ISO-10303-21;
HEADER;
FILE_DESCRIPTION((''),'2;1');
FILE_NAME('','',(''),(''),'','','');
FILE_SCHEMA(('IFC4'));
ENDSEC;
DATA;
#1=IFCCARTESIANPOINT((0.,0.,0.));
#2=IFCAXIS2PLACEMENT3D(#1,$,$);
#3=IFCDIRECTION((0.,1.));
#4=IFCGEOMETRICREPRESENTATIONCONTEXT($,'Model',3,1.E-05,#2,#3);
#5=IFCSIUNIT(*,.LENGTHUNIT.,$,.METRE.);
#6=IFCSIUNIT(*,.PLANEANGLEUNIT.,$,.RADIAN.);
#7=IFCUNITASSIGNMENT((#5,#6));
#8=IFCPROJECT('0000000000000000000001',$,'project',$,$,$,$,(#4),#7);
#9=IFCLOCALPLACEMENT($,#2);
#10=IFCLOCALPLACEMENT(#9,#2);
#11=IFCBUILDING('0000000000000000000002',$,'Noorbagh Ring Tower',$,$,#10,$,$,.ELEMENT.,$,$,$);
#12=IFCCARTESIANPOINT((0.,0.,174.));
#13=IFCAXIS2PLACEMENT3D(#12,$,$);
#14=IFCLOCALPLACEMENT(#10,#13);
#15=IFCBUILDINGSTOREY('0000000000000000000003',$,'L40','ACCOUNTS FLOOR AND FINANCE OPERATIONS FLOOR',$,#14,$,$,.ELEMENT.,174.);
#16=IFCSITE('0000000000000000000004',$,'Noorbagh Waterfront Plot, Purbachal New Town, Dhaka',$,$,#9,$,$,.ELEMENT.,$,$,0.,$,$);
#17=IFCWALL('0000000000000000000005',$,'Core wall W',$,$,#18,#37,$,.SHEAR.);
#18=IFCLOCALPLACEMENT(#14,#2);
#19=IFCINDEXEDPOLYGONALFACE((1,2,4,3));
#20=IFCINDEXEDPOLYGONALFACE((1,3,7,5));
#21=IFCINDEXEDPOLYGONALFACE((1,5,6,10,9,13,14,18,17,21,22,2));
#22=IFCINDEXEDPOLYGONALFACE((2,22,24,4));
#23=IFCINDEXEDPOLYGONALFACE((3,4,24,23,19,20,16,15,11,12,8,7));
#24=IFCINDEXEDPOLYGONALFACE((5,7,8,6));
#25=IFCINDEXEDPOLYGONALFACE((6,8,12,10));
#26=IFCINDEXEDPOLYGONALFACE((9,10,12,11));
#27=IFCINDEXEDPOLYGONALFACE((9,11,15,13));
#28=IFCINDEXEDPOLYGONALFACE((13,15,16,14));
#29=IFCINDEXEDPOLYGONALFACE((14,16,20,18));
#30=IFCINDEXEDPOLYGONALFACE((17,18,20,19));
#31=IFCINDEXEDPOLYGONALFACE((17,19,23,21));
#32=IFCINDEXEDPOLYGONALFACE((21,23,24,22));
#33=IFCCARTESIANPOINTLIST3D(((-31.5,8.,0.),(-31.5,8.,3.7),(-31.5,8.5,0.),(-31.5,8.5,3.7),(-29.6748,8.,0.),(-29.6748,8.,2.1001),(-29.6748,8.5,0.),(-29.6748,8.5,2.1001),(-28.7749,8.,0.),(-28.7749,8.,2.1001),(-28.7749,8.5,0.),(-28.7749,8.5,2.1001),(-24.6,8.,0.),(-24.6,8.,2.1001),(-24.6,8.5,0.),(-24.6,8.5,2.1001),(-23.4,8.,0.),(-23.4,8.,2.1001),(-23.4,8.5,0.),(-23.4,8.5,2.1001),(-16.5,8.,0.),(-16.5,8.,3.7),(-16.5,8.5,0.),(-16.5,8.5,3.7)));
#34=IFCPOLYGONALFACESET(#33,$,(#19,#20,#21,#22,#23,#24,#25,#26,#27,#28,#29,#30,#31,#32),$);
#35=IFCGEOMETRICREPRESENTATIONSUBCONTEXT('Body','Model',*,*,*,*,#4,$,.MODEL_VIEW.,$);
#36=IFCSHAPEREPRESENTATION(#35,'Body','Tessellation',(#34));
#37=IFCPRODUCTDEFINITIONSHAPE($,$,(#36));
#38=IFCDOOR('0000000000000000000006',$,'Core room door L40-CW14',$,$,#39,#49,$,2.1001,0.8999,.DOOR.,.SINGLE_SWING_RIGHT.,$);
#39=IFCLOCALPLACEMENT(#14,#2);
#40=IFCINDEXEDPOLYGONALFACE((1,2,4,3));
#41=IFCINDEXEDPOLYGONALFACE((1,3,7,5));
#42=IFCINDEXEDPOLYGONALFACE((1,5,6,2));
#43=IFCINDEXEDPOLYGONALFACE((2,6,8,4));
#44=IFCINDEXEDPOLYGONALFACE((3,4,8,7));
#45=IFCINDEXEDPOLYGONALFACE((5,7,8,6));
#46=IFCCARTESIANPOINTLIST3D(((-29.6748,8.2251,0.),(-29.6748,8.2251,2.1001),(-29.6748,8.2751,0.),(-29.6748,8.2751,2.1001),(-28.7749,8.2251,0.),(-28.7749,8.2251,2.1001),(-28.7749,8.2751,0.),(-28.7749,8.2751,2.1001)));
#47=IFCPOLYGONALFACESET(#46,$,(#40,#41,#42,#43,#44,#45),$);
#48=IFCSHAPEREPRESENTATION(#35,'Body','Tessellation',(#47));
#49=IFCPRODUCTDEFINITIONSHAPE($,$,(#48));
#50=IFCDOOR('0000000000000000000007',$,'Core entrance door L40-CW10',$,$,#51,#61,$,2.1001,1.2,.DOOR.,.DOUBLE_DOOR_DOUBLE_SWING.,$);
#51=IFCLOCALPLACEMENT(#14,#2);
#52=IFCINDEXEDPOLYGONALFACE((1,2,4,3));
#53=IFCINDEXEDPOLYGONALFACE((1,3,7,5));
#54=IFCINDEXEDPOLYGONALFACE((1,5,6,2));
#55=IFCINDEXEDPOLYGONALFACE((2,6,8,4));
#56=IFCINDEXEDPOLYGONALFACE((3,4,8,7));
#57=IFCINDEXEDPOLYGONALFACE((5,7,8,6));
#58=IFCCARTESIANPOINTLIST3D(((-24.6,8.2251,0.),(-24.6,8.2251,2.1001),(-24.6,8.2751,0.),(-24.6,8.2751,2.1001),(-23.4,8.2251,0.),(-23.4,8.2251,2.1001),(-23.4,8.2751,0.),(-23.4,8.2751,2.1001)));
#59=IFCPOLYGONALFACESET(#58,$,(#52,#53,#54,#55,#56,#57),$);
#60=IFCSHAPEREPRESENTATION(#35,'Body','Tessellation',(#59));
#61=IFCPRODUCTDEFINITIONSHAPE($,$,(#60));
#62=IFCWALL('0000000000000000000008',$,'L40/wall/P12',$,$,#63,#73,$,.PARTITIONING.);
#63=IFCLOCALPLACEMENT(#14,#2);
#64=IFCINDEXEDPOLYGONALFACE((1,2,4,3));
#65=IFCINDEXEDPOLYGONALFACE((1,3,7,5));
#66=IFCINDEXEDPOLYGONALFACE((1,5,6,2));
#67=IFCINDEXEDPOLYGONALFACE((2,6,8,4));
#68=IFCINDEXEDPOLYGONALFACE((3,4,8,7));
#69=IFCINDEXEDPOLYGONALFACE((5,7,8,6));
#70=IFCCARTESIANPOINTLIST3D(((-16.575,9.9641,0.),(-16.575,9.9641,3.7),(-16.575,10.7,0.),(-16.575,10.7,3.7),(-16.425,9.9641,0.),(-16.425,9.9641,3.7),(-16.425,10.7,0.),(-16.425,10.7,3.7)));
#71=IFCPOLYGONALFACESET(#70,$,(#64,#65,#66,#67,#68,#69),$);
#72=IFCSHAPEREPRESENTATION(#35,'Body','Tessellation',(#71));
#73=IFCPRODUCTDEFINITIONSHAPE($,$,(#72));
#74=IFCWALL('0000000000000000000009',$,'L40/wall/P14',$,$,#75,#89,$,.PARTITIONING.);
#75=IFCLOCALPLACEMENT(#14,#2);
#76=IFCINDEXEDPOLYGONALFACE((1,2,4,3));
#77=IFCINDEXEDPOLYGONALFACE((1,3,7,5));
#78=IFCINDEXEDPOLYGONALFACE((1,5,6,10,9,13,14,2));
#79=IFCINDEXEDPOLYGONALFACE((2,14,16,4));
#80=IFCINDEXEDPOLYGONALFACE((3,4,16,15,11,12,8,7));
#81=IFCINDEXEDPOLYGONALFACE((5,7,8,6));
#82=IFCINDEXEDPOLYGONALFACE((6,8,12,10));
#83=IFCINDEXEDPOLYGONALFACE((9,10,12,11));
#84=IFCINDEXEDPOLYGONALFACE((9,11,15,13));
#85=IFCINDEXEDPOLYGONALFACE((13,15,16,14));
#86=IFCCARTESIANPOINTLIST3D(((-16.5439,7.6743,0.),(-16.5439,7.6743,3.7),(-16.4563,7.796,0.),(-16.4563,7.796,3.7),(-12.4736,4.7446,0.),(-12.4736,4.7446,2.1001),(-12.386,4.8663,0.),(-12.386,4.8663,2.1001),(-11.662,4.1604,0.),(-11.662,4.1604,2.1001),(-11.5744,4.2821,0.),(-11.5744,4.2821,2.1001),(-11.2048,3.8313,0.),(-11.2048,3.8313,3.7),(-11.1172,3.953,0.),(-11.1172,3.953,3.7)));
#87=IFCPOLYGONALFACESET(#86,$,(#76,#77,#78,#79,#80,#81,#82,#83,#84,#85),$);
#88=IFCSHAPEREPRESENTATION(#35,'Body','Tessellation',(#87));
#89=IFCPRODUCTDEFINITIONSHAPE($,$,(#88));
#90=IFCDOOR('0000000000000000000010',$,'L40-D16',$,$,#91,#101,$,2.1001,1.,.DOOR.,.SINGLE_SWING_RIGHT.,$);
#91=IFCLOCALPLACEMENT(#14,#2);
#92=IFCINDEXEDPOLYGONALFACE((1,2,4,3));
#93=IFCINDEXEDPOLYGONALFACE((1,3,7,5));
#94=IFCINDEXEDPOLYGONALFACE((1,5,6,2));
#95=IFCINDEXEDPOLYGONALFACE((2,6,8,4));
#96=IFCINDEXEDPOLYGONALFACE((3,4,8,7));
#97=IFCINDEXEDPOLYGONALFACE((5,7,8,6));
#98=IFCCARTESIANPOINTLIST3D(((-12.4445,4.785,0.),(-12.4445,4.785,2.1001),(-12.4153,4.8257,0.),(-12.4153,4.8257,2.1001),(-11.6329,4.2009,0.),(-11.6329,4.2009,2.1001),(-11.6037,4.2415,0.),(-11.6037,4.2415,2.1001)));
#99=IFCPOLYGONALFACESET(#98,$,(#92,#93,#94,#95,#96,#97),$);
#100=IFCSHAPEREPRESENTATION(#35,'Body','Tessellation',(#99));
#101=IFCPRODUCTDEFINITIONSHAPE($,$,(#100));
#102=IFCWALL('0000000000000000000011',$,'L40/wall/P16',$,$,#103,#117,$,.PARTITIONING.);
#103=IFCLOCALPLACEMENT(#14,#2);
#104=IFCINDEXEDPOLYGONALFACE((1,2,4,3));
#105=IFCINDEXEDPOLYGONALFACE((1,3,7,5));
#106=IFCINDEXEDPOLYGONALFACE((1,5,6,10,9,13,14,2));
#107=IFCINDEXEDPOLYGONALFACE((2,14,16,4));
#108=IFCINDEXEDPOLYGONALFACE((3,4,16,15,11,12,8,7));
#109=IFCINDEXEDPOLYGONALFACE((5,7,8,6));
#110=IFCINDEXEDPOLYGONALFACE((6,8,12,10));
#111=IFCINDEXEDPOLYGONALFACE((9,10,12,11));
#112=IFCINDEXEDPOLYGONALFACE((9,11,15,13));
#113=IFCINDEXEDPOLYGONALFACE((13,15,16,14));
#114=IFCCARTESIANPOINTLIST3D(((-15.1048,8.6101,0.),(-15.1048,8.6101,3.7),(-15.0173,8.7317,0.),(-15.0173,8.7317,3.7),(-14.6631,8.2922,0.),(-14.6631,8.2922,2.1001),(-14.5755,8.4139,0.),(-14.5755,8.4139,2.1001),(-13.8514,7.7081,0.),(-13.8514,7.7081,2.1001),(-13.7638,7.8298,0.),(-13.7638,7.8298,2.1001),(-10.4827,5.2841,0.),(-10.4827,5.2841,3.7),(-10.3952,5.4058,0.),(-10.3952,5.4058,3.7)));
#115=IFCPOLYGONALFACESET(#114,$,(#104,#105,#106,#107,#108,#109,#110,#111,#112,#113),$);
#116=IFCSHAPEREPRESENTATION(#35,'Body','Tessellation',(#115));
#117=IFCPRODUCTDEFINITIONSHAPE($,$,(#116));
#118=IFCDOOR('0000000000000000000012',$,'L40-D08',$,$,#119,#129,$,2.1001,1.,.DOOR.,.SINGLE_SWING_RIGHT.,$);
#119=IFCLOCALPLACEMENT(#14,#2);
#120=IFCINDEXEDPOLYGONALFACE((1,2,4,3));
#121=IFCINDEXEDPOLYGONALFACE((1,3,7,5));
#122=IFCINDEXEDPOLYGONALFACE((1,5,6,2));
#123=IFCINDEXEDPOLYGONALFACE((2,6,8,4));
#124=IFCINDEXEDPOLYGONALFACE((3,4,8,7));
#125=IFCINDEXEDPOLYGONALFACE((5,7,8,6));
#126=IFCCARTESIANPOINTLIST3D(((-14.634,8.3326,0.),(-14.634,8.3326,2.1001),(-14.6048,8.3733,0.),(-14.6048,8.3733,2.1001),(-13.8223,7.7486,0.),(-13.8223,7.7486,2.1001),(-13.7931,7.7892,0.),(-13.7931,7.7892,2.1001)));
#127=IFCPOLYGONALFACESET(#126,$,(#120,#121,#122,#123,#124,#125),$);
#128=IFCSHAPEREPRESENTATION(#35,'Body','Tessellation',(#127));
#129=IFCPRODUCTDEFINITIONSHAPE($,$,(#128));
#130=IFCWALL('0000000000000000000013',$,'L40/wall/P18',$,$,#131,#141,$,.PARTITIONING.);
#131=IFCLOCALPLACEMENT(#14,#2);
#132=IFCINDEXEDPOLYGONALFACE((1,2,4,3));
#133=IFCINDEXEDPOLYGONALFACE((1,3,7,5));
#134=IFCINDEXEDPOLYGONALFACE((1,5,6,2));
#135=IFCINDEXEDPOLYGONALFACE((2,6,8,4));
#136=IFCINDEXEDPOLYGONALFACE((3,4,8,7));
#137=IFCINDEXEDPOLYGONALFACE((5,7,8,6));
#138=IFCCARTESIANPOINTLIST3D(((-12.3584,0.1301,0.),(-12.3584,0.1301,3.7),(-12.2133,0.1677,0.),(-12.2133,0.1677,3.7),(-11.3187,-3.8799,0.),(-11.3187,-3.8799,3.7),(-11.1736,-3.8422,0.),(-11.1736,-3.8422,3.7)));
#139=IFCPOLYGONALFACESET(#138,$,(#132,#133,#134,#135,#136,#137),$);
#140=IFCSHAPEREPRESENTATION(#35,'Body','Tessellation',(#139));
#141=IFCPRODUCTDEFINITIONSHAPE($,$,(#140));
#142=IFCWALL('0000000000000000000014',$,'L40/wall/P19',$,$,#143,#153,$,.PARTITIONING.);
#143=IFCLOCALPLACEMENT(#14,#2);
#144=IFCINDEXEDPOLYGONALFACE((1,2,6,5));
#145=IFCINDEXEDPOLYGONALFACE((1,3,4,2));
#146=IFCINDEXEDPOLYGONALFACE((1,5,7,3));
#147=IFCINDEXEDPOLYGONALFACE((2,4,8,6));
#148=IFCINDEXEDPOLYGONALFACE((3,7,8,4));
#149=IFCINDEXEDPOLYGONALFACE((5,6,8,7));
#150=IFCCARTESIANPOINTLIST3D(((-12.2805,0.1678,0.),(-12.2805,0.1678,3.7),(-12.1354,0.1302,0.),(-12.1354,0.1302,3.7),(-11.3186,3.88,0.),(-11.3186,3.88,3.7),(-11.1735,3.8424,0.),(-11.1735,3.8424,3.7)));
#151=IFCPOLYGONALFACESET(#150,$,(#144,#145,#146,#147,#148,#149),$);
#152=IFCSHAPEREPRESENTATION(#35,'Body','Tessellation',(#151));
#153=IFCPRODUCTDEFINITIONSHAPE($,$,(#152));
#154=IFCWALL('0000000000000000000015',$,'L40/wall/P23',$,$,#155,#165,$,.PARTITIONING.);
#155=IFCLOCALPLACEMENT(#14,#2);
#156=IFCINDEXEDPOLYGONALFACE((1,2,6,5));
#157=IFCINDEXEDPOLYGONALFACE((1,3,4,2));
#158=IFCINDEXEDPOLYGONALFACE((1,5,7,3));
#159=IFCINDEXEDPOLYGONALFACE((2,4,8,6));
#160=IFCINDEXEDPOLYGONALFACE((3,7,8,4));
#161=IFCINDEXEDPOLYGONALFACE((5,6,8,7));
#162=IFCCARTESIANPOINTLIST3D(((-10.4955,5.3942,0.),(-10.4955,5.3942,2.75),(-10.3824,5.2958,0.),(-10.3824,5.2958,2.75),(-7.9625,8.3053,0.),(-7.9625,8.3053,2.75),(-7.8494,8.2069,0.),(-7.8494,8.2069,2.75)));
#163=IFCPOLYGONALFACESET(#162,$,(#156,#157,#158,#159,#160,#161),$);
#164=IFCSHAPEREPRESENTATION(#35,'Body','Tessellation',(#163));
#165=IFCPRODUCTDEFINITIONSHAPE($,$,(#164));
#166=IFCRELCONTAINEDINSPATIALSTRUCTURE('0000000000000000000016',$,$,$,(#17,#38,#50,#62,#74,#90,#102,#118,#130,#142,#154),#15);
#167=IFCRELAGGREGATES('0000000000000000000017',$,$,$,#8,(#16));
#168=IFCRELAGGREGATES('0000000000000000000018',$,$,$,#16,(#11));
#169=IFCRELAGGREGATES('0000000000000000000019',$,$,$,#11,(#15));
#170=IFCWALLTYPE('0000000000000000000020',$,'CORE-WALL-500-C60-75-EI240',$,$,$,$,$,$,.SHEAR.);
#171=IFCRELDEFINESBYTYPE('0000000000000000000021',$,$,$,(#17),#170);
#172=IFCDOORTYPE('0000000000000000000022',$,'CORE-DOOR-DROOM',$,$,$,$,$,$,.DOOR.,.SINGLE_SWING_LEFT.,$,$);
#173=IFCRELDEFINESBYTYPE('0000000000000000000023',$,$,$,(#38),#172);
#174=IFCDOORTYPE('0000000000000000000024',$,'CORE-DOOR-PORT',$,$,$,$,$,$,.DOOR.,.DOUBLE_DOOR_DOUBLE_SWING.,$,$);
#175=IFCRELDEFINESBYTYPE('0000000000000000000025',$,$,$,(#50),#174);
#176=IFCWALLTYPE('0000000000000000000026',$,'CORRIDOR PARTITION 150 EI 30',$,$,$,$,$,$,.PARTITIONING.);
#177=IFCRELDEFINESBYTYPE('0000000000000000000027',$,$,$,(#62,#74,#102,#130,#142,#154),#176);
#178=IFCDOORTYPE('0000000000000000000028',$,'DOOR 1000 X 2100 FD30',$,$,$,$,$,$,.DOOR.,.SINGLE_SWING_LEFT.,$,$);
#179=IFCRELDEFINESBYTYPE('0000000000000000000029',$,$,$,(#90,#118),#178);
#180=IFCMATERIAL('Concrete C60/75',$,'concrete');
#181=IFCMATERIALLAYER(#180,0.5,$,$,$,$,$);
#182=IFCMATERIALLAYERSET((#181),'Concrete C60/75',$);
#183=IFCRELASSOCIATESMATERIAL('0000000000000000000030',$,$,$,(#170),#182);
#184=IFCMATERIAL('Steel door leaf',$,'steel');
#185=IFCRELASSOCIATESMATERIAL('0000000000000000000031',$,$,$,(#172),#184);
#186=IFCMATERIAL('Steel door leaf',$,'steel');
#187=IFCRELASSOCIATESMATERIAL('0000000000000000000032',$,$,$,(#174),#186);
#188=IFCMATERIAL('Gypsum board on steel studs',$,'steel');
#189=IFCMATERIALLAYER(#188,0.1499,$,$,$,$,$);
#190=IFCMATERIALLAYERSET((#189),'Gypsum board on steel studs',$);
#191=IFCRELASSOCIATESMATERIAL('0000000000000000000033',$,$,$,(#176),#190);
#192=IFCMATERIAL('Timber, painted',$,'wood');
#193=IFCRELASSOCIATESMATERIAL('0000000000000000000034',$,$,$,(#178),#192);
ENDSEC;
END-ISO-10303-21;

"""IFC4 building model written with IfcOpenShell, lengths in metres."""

from ifc_helpers import new_model, si_unit, direction, frame, frame_2d, origin, place, context, subcontext, project, spatial, rectangle, extrude, material, layer, layer_set, type_object, element, fill, save


model = new_model("IFC4")

# Units and contexts
model_context = context("Model", 3, precision=1e-05, world=origin(), true_north=direction((0.0, 1.0)))
body_context = subcontext(model_context, "Body", "Model", "MODEL_VIEW")
ifc_project = project(units=[si_unit("LENGTHUNIT", "METRE"), si_unit("PLANEANGLEUNIT", "RADIAN")], contexts=[model_context])

# Site, building, storey
site_placement = place(None, origin())
site = spatial("IfcSite", under=ifc_project, at=site_placement, Name="Noorbagh Waterfront Plot, Purbachal New Town, Dhaka", CompositionType="ELEMENT", RefElevation=0.0)
building_placement = place(site_placement, origin())
building = spatial("IfcBuilding", under=site, at=building_placement, Name="Noorbagh Ring Tower", CompositionType="ELEMENT")
storey_placement = place(building_placement, frame((0.0, 0.0, 174.0)))
storey = spatial("IfcBuildingStorey", under=building, at=storey_placement, Name="L40", Description="ACCOUNTS FLOOR AND FINANCE OPERATIONS FLOOR", CompositionType="ELEMENT", Elevation=174.0)

# Wall, openings, doors
ifc_material_1 = material(Name="Concrete C60/75", Category="concrete")
ifc_layer_1 = layer(ifc_material_1, 0.5)
ifc_layer_set_1 = layer_set([ifc_layer_1], Name="Concrete C60/75")
wall_type_1 = type_object("IfcWallType", Name="CORE-WALL-500-C60-75-EI240", PredefinedType="SHEAR", material=ifc_layer_set_1)
wall_1_placement = place(storey_placement, frame((-16.5, 8.25, 0.0), z_axis=(0.0, 0.0, 1.0), x_axis=(-1.0, 0.0, 0.0)))
wall_1 = element("IfcWall", 1, at=wall_1_placement, inside=storey, type_object=wall_type_1, Name="Core wall W", PredefinedType="SHEAR", context=body_context, shape_type="SweptSolid", body=[
    extrude(rectangle(XDim=15.0, YDim=0.5, at=frame_2d((7.5, 0.0))), origin(), (0.0, 0.0, 1.0), 3.7),
])
opening_1_placement = place(wall_1_placement, frame((6.8999, 0.0, 0.0)))
opening_1 = element("IfcOpeningElement", 2, at=opening_1_placement, cuts=wall_1, PredefinedType="OPENING", context=body_context, shape_type="SweptSolid", body=[
    extrude(rectangle(XDim=1.2, YDim=2.1001, at=frame_2d((0.6001, 1.05))), frame((0.0, 0.26, 0.0), z_axis=(0.0, -1.0, 0.0), x_axis=(1.0, 0.0, 0.0)), (0.0, 0.0, 1.0), 0.52),
])
opening_2_placement = place(wall_1_placement, frame((12.2749, 0.0, 0.0)))
opening_2 = element("IfcOpeningElement", 3, at=opening_2_placement, cuts=wall_1, PredefinedType="OPENING", context=body_context, shape_type="SweptSolid", body=[
    extrude(rectangle(XDim=0.8999, YDim=2.1001, at=frame_2d((0.45, 1.05))), frame((0.0, 0.26, 0.0), z_axis=(0.0, -1.0, 0.0), x_axis=(1.0, 0.0, 0.0)), (0.0, 0.0, 1.0), 0.52),
])
ifc_material_2 = material(Name="Steel door leaf", Category="steel")
door_type_1 = type_object("IfcDoorType", Name="CORE-DOOR-DROOM", OperationType="SINGLE_SWING_LEFT", PredefinedType="DOOR", material=ifc_material_2)
door_1_placement = place(opening_2_placement, origin())
door_1 = element("IfcDoor", 4, at=door_1_placement, inside=storey, type_object=door_type_1, Name="Core room door L40-CW14", OperationType="SINGLE_SWING_RIGHT", OverallHeight=2.1001, OverallWidth=0.8999, PredefinedType="DOOR", context=body_context, shape_type="SweptSolid", body=[
    extrude(rectangle(XDim=0.8999, YDim=2.1001, at=frame_2d((0.45, 1.05))), frame((0.0, 0.0249, 0.0), z_axis=(0.0, -1.0, 0.0), x_axis=(1.0, 0.0, 0.0)), (0.0, 0.0, 1.0), 0.05),
])
fill(opening_2, door_1)
ifc_material_3 = material(Name="Steel door leaf", Category="steel")
door_type_2 = type_object("IfcDoorType", Name="CORE-DOOR-PORT", OperationType="DOUBLE_DOOR_DOUBLE_SWING", PredefinedType="DOOR", material=ifc_material_3)
door_2_placement = place(opening_1_placement, origin())
door_2 = element("IfcDoor", 5, at=door_2_placement, inside=storey, type_object=door_type_2, Name="Core entrance door L40-CW10", OperationType="DOUBLE_DOOR_DOUBLE_SWING", OverallHeight=2.1001, OverallWidth=1.2, PredefinedType="DOOR", context=body_context, shape_type="SweptSolid", body=[
    extrude(rectangle(XDim=1.2, YDim=2.1001, at=frame_2d((0.6001, 1.05))), frame((0.0, 0.0249, 0.0), z_axis=(0.0, -1.0, 0.0), x_axis=(1.0, 0.0, 0.0)), (0.0, 0.0, 1.0), 0.05),
])
fill(opening_1, door_2)

# Wall
ifc_material_4 = material(Name="Gypsum board on steel studs", Category="steel")
ifc_layer_2 = layer(ifc_material_4, 0.1499)
ifc_layer_set_2 = layer_set([ifc_layer_2], Name="Gypsum board on steel studs")
wall_type_2 = type_object("IfcWallType", Name="CORRIDOR PARTITION 150 EI 30", PredefinedType="PARTITIONING", material=ifc_layer_set_2)
wall_2_placement = place(storey_placement, frame((-16.5, 9.9641, 0.0), z_axis=(0.0, 0.0, 1.0), x_axis=(0.0, 1.0, 0.0)))
element("IfcWall", 6, at=wall_2_placement, inside=storey, type_object=wall_type_2, Name="L40/wall/P12", PredefinedType="PARTITIONING", context=body_context, shape_type="SweptSolid", body=[
    extrude(rectangle(XDim=0.7358, YDim=0.1499, at=frame_2d((0.3679, 0.0))), origin(), (0.0, 0.0, 1.0), 3.7),
])

# Walls, openings, doors
wall_3_placement = place(storey_placement, frame((-16.5, 7.7351, 0.0), z_axis=(0.0, 0.0, 1.0), x_axis=(0.811617, -0.58419, 0.0)))
wall_3 = element("IfcWall", 7, at=wall_3_placement, inside=storey, type_object=wall_type_2, Name="L40/wall/P14", PredefinedType="PARTITIONING", context=body_context, shape_type="SweptSolid", body=[
    extrude(rectangle(XDim=6.5784, YDim=0.1499, at=frame_2d((3.2891, 0.0))), origin(), (0.0, 0.0, 1.0), 3.7),
])
opening_3_placement = place(wall_3_placement, frame((5.0149, 0.0, 0.0)))
opening_3 = element("IfcOpeningElement", 8, at=opening_3_placement, cuts=wall_3, PredefinedType="OPENING", context=body_context, shape_type="SweptSolid", body=[
    extrude(rectangle(XDim=1.0, YDim=2.1001, at=frame_2d((0.5, 1.05))), frame((0.0, 0.085, 0.0), z_axis=(0.0, -1.0, 0.0), x_axis=(1.0, 0.0, 0.0)), (0.0, 0.0, 1.0), 0.1699),
])
ifc_material_5 = material(Name="Timber, painted", Category="wood")
door_type_3 = type_object("IfcDoorType", Name="DOOR 1000 X 2100 FD30", OperationType="SINGLE_SWING_LEFT", PredefinedType="DOOR", material=ifc_material_5)
door_3_placement = place(opening_3_placement, origin())
door_3 = element("IfcDoor", 9, at=door_3_placement, inside=storey, type_object=door_type_3, Name="L40-D16", OperationType="SINGLE_SWING_RIGHT", OverallHeight=2.1001, OverallWidth=1.0, PredefinedType="DOOR", context=body_context, shape_type="SweptSolid", body=[
    extrude(rectangle(XDim=1.0, YDim=2.1001, at=frame_2d((0.5, 1.05))), frame((0.0, 0.0249, 0.0), z_axis=(0.0, -1.0, 0.0), x_axis=(1.0, 0.0, 0.0)), (0.0, 0.0, 1.0), 0.05),
])
fill(opening_3, door_3)
wall_4_placement = place(storey_placement, frame((-15.061, 8.6709, 0.0), z_axis=(0.0, 0.0, 1.0), x_axis=(0.811698, -0.584078, 0.0)))
wall_4 = element("IfcWall", 10, at=wall_4_placement, inside=storey, type_object=wall_type_2, Name="L40/wall/P16", PredefinedType="PARTITIONING", context=body_context, shape_type="SweptSolid", body=[
    extrude(rectangle(XDim=5.6943, YDim=0.1499, at=frame_2d((2.8472, 0.0))), origin(), (0.0, 0.0, 1.0), 3.7),
])
opening_4_placement = place(wall_4_placement, frame((0.5442, 0.0, 0.0)))
opening_4 = element("IfcOpeningElement", 11, at=opening_4_placement, cuts=wall_4, PredefinedType="OPENING", context=body_context, shape_type="SweptSolid", body=[
    extrude(rectangle(XDim=1.0, YDim=2.1001, at=frame_2d((0.5, 1.05))), frame((0.0, 0.085, 0.0), z_axis=(0.0, -1.0, 0.0), x_axis=(1.0, 0.0, 0.0)), (0.0, 0.0, 1.0), 0.1699),
])
door_4_placement = place(opening_4_placement, origin())
door_4 = element("IfcDoor", 12, at=door_4_placement, inside=storey, type_object=door_type_3, Name="L40-D08", OperationType="SINGLE_SWING_RIGHT", OverallHeight=2.1001, OverallWidth=1.0, PredefinedType="DOOR", context=body_context, shape_type="SweptSolid", body=[
    extrude(rectangle(XDim=1.0, YDim=2.1001, at=frame_2d((0.5, 1.05))), frame((0.0, 0.0249, 0.0), z_axis=(0.0, -1.0, 0.0), x_axis=(1.0, 0.0, 0.0)), (0.0, 0.0, 1.0), 0.05),
])
fill(opening_4, door_4)

# Walls
wall_5_placement = place(storey_placement, frame((-12.2859, 0.1489, 0.0), z_axis=(0.0, 0.0, 1.0), x_axis=(0.250999, -0.967987, 0.0)))
element("IfcWall", 13, at=wall_5_placement, inside=storey, type_object=wall_type_2, Name="L40/wall/P18", PredefinedType="PARTITIONING", context=body_context, shape_type="SweptSolid", body=[
    extrude(rectangle(XDim=4.1426, YDim=0.1499, at=frame_2d((2.0713, 0.0))), origin(), (0.0, 0.0, 1.0), 3.7),
])
wall_6_placement = place(storey_placement, frame((-12.208, 0.1489, 0.0), z_axis=(0.0, 0.0, 1.0), x_axis=(0.250841, 0.968028, 0.0)))
element("IfcWall", 14, at=wall_6_placement, inside=storey, type_object=wall_type_2, Name="L40/wall/P19", PredefinedType="PARTITIONING", context=body_context, shape_type="SweptSolid", body=[
    extrude(rectangle(XDim=3.8347, YDim=0.1499, at=frame_2d((1.9175, 0.0))), origin(), (0.0, 0.0, 1.0), 3.7),
])
wall_7_placement = place(storey_placement, frame((-10.439, 5.345, 0.0), z_axis=(0.0, 0.0, 1.0), x_axis=(0.656406, 0.754408, 0.0)))
element("IfcWall", 15, at=wall_7_placement, inside=storey, type_object=wall_type_2, Name="L40/wall/P23", PredefinedType="PARTITIONING", context=body_context, shape_type="SweptSolid", body=[
    extrude(rectangle(XDim=3.8589, YDim=0.1499, at=frame_2d((1.9294, 0.0))), origin(), (0.0, 0.0, 1.0), 2.75),
])

save(model, "model.ifc")
